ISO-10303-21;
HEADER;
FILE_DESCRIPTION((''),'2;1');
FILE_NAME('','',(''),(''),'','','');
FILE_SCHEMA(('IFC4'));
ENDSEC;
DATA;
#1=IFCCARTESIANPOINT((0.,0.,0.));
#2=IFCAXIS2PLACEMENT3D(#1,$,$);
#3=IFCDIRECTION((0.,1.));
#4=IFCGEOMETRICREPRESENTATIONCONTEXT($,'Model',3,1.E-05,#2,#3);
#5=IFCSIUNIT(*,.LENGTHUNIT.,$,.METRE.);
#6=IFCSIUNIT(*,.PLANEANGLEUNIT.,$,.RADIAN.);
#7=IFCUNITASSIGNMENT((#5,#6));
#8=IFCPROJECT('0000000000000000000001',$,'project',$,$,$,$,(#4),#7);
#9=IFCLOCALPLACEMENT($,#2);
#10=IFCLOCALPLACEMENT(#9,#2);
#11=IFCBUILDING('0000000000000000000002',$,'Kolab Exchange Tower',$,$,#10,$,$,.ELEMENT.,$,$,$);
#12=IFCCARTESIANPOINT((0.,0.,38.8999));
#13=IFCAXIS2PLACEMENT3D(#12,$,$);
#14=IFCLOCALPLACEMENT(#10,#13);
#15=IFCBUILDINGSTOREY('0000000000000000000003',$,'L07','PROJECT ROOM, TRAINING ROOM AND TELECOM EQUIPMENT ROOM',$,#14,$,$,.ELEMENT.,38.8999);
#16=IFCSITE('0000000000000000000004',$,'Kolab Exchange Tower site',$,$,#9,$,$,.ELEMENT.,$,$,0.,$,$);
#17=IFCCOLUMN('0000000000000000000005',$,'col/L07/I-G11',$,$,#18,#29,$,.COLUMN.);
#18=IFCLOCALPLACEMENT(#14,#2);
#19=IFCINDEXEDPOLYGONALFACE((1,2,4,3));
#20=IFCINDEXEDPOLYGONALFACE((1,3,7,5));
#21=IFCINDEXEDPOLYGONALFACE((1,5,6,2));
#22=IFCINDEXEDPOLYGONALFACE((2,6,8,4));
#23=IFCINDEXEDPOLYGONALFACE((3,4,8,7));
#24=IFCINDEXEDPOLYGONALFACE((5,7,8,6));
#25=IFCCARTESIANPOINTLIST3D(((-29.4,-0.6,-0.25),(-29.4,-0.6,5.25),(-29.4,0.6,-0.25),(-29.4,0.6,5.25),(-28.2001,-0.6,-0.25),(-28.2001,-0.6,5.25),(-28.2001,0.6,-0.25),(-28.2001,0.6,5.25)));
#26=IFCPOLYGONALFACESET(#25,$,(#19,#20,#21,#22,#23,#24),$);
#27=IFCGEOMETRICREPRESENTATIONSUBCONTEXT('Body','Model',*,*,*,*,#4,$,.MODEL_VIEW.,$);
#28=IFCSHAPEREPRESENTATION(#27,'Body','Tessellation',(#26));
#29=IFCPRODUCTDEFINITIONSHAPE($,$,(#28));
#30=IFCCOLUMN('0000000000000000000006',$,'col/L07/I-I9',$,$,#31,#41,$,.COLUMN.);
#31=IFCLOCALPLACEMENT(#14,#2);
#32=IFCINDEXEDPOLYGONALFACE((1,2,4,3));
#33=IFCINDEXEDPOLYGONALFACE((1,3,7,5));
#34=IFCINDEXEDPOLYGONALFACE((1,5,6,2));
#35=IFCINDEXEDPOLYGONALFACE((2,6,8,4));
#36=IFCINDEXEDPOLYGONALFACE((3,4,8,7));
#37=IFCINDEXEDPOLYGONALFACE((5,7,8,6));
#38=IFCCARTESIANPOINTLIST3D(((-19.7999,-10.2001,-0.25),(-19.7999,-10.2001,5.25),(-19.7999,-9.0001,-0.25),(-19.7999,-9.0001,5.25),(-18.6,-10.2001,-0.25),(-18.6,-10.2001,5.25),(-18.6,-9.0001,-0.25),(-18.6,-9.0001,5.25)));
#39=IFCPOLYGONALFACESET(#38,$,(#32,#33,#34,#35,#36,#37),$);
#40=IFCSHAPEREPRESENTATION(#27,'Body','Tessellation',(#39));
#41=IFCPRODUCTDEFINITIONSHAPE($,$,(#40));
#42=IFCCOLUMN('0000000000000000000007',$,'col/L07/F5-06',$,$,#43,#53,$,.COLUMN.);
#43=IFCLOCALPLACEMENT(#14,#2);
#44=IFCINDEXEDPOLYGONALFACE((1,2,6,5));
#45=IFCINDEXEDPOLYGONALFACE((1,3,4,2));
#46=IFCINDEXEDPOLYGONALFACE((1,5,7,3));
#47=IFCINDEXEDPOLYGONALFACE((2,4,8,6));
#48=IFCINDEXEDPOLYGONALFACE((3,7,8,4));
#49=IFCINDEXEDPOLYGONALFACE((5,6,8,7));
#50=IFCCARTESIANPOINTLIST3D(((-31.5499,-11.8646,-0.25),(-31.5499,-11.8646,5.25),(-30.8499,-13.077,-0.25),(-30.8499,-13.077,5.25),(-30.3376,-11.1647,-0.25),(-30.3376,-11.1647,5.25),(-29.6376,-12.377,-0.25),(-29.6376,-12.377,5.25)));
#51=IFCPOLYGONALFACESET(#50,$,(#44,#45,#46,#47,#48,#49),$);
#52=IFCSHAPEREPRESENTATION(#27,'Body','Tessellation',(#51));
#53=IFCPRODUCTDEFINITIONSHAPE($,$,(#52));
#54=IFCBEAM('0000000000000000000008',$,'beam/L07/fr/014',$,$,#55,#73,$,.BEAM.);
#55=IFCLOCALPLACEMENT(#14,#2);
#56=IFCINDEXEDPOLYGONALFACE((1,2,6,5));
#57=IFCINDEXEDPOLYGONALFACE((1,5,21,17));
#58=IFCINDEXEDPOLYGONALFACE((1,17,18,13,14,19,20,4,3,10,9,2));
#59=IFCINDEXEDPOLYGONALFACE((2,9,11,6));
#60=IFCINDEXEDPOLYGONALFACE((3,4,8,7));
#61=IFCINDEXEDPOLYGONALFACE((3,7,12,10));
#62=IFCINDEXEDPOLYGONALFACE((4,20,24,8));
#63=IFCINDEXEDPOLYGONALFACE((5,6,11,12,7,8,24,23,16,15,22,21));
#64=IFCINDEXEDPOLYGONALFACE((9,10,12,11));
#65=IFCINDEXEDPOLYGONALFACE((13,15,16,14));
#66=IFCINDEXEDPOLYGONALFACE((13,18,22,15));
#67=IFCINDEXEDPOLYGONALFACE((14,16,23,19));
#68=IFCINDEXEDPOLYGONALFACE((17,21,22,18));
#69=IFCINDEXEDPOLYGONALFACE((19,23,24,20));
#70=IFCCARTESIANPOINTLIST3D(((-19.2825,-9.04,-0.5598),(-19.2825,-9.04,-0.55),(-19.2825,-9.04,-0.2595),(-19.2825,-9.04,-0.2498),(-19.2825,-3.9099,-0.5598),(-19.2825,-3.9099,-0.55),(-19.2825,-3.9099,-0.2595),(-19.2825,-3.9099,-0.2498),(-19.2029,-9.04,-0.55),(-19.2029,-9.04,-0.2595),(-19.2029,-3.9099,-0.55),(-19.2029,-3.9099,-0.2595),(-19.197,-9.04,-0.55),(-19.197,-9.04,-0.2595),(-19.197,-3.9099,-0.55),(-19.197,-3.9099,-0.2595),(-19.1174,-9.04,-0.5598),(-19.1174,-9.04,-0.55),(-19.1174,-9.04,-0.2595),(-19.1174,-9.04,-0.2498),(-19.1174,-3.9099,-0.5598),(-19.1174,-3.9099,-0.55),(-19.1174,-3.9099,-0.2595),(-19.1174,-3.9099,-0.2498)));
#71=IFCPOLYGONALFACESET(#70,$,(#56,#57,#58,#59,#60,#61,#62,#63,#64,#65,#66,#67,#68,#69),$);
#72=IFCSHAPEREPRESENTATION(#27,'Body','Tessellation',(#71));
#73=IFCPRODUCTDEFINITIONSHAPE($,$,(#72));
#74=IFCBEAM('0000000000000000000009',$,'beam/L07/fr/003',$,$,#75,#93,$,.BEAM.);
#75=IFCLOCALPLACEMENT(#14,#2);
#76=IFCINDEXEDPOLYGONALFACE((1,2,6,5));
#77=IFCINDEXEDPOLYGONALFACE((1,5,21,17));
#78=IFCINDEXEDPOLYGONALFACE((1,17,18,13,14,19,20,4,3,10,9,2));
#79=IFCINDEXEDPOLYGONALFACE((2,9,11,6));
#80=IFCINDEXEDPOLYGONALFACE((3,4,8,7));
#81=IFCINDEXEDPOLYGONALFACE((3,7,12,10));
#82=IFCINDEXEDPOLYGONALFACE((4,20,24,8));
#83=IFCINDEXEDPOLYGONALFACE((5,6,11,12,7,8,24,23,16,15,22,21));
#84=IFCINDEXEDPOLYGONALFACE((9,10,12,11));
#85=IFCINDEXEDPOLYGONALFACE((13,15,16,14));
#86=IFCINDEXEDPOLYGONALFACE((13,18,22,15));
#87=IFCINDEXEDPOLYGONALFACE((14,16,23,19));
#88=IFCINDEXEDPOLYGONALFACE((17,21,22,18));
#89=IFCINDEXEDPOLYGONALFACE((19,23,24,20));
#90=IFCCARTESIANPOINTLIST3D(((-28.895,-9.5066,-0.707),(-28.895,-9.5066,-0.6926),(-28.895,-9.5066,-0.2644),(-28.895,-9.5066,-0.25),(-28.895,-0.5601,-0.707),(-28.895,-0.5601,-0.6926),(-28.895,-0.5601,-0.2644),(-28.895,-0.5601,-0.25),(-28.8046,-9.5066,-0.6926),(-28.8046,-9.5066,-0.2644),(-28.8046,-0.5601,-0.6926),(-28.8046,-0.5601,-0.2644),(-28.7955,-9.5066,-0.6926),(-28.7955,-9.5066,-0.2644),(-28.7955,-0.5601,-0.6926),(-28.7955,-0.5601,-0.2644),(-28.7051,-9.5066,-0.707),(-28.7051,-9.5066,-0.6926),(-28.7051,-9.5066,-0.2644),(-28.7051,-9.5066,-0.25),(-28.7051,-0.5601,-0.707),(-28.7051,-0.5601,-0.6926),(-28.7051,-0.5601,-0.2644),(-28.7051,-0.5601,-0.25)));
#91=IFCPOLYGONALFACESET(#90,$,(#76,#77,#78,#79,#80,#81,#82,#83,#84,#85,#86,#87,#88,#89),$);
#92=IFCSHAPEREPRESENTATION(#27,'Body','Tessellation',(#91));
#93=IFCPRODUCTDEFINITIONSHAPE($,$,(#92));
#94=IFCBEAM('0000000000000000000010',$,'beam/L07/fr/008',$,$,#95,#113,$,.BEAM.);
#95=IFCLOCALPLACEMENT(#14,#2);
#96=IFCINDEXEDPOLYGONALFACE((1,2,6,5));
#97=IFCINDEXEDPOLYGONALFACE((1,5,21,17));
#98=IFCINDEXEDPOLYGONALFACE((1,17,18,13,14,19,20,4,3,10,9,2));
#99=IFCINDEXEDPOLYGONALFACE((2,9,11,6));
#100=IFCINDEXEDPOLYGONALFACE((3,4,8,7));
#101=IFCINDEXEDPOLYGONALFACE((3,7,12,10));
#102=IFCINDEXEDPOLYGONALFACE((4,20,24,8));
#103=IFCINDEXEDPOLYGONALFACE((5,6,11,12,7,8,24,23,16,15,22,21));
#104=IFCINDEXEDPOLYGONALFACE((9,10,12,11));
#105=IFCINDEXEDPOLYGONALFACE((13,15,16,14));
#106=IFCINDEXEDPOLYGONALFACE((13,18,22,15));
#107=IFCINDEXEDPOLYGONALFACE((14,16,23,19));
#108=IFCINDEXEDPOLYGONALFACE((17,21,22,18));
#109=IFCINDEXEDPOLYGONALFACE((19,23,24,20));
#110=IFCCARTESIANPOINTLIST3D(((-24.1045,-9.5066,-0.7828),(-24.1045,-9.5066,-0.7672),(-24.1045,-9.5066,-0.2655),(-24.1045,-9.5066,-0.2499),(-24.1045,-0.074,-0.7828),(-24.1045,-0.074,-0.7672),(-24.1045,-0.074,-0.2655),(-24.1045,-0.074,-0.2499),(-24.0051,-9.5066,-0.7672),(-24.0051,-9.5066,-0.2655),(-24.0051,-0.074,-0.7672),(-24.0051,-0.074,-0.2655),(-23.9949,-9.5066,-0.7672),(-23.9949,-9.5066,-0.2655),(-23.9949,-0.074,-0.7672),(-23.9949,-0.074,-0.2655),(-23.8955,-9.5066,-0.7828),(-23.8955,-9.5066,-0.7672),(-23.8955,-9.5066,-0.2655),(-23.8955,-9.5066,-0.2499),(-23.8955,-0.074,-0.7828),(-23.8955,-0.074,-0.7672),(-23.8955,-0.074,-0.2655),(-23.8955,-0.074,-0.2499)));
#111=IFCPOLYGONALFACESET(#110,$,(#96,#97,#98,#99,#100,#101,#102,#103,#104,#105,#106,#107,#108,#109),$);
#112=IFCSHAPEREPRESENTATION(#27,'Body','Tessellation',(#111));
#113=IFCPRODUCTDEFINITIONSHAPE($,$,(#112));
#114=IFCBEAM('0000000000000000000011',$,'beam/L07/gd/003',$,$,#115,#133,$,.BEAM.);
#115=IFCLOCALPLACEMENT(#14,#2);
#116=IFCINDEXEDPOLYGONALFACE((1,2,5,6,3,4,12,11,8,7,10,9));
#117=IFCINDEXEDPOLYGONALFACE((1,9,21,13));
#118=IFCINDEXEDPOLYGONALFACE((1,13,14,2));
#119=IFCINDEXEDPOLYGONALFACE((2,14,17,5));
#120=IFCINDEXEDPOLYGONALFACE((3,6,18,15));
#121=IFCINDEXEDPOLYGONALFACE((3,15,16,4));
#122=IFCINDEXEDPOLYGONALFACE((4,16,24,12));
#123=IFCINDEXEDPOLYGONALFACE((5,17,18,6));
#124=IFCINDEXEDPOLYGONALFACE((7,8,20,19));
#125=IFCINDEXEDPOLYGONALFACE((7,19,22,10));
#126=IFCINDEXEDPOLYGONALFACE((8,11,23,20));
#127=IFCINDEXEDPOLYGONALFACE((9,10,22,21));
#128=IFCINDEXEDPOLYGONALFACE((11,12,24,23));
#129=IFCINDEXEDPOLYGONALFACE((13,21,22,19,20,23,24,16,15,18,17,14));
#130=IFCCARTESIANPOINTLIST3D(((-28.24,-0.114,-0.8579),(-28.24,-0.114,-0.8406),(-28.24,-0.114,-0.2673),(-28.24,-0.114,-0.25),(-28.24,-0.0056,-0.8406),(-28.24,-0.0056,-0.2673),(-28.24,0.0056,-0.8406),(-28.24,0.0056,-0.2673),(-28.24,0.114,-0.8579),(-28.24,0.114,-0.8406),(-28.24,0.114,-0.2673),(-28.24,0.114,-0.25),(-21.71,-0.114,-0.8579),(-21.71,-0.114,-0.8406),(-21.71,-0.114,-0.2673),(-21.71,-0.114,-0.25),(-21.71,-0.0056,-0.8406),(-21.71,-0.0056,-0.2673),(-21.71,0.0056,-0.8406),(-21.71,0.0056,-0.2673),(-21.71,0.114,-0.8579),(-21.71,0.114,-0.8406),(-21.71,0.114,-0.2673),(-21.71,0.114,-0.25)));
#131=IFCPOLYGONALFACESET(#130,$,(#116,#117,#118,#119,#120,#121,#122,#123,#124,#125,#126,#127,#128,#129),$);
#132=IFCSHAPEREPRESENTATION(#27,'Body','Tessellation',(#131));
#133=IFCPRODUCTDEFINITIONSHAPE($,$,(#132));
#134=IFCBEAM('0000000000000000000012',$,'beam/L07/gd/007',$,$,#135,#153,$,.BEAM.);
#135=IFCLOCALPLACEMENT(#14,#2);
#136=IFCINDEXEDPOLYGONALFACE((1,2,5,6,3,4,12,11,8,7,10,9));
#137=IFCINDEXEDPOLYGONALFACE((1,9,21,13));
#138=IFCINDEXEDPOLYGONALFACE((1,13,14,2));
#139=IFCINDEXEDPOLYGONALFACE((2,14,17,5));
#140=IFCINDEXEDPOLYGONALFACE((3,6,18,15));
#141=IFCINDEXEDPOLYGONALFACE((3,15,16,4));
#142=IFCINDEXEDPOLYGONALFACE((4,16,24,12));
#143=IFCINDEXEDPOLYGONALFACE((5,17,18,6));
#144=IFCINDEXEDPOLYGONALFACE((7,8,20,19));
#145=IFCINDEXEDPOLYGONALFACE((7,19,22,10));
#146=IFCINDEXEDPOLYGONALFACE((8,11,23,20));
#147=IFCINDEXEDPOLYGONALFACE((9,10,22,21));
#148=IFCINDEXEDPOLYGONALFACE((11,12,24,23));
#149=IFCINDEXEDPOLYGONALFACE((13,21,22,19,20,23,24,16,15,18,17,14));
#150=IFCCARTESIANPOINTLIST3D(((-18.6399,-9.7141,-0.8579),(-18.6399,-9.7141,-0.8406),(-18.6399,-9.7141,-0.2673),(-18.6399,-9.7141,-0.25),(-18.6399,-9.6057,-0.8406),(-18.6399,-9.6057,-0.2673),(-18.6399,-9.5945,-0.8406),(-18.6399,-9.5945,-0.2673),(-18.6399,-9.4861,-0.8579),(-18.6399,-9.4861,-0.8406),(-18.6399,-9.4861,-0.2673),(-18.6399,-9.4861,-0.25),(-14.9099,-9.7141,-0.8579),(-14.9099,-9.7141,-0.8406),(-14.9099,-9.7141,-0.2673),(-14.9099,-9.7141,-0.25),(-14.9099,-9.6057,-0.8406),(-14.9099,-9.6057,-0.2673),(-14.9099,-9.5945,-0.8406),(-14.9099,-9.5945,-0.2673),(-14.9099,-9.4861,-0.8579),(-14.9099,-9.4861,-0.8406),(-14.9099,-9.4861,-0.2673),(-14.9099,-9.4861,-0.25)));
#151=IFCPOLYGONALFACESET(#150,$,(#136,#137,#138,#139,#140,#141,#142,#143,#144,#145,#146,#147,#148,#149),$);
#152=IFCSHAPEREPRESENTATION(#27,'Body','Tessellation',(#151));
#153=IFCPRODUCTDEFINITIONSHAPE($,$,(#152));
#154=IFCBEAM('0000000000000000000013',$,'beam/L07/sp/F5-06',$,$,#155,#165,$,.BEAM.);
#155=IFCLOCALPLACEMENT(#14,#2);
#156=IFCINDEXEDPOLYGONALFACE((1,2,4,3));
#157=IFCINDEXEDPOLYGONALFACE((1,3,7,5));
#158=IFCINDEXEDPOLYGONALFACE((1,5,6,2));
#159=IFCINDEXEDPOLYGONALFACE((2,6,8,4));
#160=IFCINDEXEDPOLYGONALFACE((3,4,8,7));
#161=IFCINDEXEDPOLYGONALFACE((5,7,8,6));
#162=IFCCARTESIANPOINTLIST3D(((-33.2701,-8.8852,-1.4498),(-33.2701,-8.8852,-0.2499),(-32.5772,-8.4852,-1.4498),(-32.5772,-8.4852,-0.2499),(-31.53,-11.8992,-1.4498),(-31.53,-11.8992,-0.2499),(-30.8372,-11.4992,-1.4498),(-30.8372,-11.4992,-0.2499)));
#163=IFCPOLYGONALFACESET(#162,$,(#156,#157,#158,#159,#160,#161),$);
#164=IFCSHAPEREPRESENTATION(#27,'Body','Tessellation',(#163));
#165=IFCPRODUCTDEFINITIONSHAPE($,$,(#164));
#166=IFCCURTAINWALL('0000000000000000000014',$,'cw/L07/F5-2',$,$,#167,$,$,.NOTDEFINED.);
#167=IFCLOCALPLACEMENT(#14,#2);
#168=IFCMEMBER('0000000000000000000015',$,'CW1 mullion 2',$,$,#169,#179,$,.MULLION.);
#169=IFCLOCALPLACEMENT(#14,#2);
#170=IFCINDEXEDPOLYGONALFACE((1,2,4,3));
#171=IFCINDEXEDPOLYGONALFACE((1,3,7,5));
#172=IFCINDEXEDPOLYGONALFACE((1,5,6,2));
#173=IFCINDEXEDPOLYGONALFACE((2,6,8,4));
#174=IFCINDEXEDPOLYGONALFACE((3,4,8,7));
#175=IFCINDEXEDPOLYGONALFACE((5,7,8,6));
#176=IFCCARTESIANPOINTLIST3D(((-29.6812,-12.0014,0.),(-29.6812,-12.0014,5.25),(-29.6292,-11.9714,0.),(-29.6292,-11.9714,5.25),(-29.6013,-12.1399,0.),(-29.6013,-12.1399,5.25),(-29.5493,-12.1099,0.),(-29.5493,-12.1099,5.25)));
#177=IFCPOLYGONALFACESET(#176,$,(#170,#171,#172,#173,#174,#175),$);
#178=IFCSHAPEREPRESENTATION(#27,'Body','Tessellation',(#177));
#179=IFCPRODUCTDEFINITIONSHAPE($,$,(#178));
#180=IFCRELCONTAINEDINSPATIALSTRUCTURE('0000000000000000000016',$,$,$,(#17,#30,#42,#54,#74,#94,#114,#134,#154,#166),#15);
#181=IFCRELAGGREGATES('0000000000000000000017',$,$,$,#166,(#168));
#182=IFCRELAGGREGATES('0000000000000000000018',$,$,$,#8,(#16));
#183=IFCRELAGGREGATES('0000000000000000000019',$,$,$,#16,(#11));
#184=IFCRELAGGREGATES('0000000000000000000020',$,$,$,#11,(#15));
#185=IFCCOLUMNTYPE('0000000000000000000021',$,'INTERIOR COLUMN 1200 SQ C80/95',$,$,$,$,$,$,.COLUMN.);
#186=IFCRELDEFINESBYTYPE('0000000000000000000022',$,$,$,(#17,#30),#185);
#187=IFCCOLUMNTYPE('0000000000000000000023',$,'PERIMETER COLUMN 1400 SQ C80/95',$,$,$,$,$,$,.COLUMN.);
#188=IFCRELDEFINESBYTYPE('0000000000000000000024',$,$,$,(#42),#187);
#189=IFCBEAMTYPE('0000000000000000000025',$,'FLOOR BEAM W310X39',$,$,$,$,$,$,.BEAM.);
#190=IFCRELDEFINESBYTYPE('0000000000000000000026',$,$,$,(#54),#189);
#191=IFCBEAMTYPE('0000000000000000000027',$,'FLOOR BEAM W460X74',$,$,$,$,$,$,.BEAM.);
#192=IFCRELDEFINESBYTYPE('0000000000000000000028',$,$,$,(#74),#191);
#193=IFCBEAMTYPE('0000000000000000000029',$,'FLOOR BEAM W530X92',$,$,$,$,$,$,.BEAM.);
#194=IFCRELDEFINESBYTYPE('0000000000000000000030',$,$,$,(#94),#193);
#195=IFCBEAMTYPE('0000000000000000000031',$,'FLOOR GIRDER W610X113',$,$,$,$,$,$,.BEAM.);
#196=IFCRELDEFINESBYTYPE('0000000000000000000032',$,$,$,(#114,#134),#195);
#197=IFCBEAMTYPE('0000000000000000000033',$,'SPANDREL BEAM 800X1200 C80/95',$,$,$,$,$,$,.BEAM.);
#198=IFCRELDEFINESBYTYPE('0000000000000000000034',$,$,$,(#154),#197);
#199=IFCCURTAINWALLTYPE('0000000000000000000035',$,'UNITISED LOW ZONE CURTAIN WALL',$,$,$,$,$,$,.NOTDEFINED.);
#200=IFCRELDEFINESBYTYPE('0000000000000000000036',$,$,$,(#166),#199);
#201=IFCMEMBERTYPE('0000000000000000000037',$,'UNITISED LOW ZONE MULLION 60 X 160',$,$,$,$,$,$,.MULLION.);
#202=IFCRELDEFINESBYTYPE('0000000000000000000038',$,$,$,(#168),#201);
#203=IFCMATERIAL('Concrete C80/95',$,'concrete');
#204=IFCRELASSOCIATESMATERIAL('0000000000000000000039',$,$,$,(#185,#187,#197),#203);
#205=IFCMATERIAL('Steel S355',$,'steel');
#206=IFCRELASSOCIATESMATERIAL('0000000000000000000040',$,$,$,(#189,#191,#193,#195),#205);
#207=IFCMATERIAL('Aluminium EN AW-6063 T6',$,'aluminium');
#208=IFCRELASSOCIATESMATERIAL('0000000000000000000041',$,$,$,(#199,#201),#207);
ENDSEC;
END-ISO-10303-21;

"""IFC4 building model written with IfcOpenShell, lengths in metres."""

from ifc_helpers import new_model, si_unit, direction, frame, origin, origin_2d, place, context, subcontext, project, spatial, rectangle, i_section, extrude, material, material_profile, profile_set, type_object, element, aggregate, save


model = new_model("IFC4")

# Units and contexts
model_context = context("Model", 3, precision=1e-05, world=origin(), true_north=direction((0.0, 1.0)))
body_context = subcontext(model_context, "Body", "Model", "MODEL_VIEW")
ifc_project = project(units=[si_unit("LENGTHUNIT", "METRE"), si_unit("PLANEANGLEUNIT", "RADIAN")], contexts=[model_context])

# Site, building, storey
site_placement = place(None, origin())
site = spatial("IfcSite", under=ifc_project, at=site_placement, Name="Kolab Exchange Tower site", CompositionType="ELEMENT", RefElevation=0.0)
building_placement = place(site_placement, origin())
building = spatial("IfcBuilding", under=site, at=building_placement, Name="Kolab Exchange Tower", CompositionType="ELEMENT")
storey_placement = place(building_placement, frame((0.0, 0.0, 38.8999)))
storey = spatial("IfcBuildingStorey", under=building, at=storey_placement, Name="L07", Description="PROJECT ROOM, TRAINING ROOM AND TELECOM EQUIPMENT ROOM", CompositionType="ELEMENT", Elevation=38.8999)

# Columns
ifc_material_1 = material(Name="Concrete C80/95", Category="concrete")
ifc_material_profile_1 = material_profile(ifc_material_1, rectangle(XDim=1.2, YDim=1.2, at=origin_2d()), Name="RC1200")
ifc_profile_set_1 = profile_set([ifc_material_profile_1], Name="Concrete C80/95")
column_type_1 = type_object("IfcColumnType", Name="INTERIOR COLUMN 1200 SQ C80/95", PredefinedType="COLUMN", material=ifc_profile_set_1)
for number, where, z_axis, x_axis, name in (
    (1, (-28.8, 0.0, -0.25), (0.0, 0.0, 1.0), (1.0, 0.0, 0.0), "col/L07/I-G11"),
    (2, (-19.2, -9.6001, -0.25), (0.0, 0.0, 1.0), (1.0, 0.0, 0.0), "col/L07/I-I9"),
):
    element("IfcColumn", number, at=place(storey_placement, frame(where, z_axis=z_axis, x_axis=x_axis)), inside=storey, type_object=column_type_1, Name=name, PredefinedType="COLUMN", context=body_context, shape_type="SweptSolid", body=[
        extrude(rectangle(XDim=1.2, YDim=1.2, at=origin_2d()), origin(), (0.0, 0.0, 1.0), 5.5),
    ])
ifc_material_profile_2 = material_profile(ifc_material_1, rectangle(XDim=1.3999, YDim=1.3999, at=origin_2d()), Name="RC1400")
ifc_profile_set_2 = profile_set([ifc_material_profile_2], Name="Concrete C80/95")
column_type_2 = type_object("IfcColumnType", Name="PERIMETER COLUMN 1400 SQ C80/95", PredefinedType="COLUMN", material=ifc_profile_set_2)
column_placement = place(storey_placement, frame((-30.5938, -12.1208, -0.25), z_axis=(0.0, 0.0, 1.0), x_axis=(0.866025, 0.5, 0.0)))
element("IfcColumn", 3, at=column_placement, inside=storey, type_object=column_type_2, Name="col/L07/F5-06", PredefinedType="COLUMN", context=body_context, shape_type="SweptSolid", body=[
    extrude(rectangle(XDim=1.3999, YDim=1.3999, at=origin_2d()), origin(), (0.0, 0.0, 1.0), 5.5),
])

# Beams
ifc_material_2 = material(Name="Steel S355", Category="steel")
ifc_material_profile_3 = material_profile(ifc_material_2, i_section(OverallWidth=0.165, OverallDepth=0.3101, WebThickness=0.0059, FlangeThickness=0.0098, at=origin_2d()), Name="W310X39")
ifc_profile_set_3 = profile_set([ifc_material_profile_3], Name="Steel S355")
beam_type_1 = type_object("IfcBeamType", Name="FLOOR BEAM W310X39", PredefinedType="BEAM", material=ifc_profile_set_3)
beam_1_placement = place(storey_placement, frame((-19.2, -9.04, -0.4048), z_axis=(0.0, 1.0, 0.0), x_axis=(-1.0, 0.0, 0.0)))
element("IfcBeam", 4, at=beam_1_placement, inside=storey, type_object=beam_type_1, Name="beam/L07/fr/014", PredefinedType="BEAM", context=body_context, shape_type="SweptSolid", body=[
    extrude(i_section(OverallWidth=0.165, OverallDepth=0.3101, WebThickness=0.0059, FlangeThickness=0.0098, at=origin_2d()), origin(), (0.0, 0.0, 1.0), 5.1301),
])
ifc_material_profile_4 = material_profile(ifc_material_2, i_section(OverallWidth=0.1899, OverallDepth=0.457, WebThickness=0.009, FlangeThickness=0.0144, at=origin_2d()), Name="W460X74")
ifc_profile_set_4 = profile_set([ifc_material_profile_4], Name="Steel S355")
beam_type_2 = type_object("IfcBeamType", Name="FLOOR BEAM W460X74", PredefinedType="BEAM", material=ifc_profile_set_4)
beam_2_placement = place(storey_placement, frame((-28.8, -9.5066, -0.4785), z_axis=(0.0, 1.0, 0.0), x_axis=(-1.0, 0.0, 0.0)))
element("IfcBeam", 5, at=beam_2_placement, inside=storey, type_object=beam_type_2, Name="beam/L07/fr/003", PredefinedType="BEAM", context=body_context, shape_type="SweptSolid", body=[
    extrude(i_section(OverallWidth=0.1899, OverallDepth=0.457, WebThickness=0.009, FlangeThickness=0.0144, at=origin_2d()), origin(), (0.0, 0.0, 1.0), 8.9465),
])
ifc_material_profile_5 = material_profile(ifc_material_2, i_section(OverallWidth=0.209, OverallDepth=0.533, WebThickness=0.0103, FlangeThickness=0.0156, at=origin_2d()), Name="W530X92")
ifc_profile_set_5 = profile_set([ifc_material_profile_5], Name="Steel S355")
beam_type_3 = type_object("IfcBeamType", Name="FLOOR BEAM W530X92", PredefinedType="BEAM", material=ifc_profile_set_5)
beam_3_placement = place(storey_placement, frame((-24.0, -9.5066, -0.5164), z_axis=(0.0, 1.0, 0.0), x_axis=(-1.0, 0.0, 0.0)))
element("IfcBeam", 6, at=beam_3_placement, inside=storey, type_object=beam_type_3, Name="beam/L07/fr/008", PredefinedType="BEAM", context=body_context, shape_type="SweptSolid", body=[
    extrude(i_section(OverallWidth=0.209, OverallDepth=0.533, WebThickness=0.0103, FlangeThickness=0.0156, at=origin_2d()), origin(), (0.0, 0.0, 1.0), 9.4326),
])
ifc_material_profile_6 = material_profile(ifc_material_2, i_section(OverallWidth=0.228, OverallDepth=0.6079, WebThickness=0.0112, FlangeThickness=0.0173, at=origin_2d()), Name="W610X113")
ifc_profile_set_6 = profile_set([ifc_material_profile_6], Name="Steel S355")
beam_type_4 = type_object("IfcBeamType", Name="FLOOR GIRDER W610X113", PredefinedType="BEAM", material=ifc_profile_set_6)
beam_4_placement = place(storey_placement, frame((-28.24, 0.0, -0.554), z_axis=(1.0, 0.0, 0.0), x_axis=(0.0, 1.0, 0.0)))
element("IfcBeam", 7, at=beam_4_placement, inside=storey, type_object=beam_type_4, Name="beam/L07/gd/003", PredefinedType="BEAM", context=body_context, shape_type="SweptSolid", body=[
    extrude(i_section(OverallWidth=0.228, OverallDepth=0.6079, WebThickness=0.0112, FlangeThickness=0.0173, at=origin_2d()), origin(), (0.0, 0.0, 1.0), 6.53),
])
beam_5_placement = place(storey_placement, frame((-18.6399, -9.6001, -0.554), z_axis=(1.0, 0.0, 0.0), x_axis=(0.0, 1.0, 0.0)))
element("IfcBeam", 8, at=beam_5_placement, inside=storey, type_object=beam_type_4, Name="beam/L07/gd/007", PredefinedType="BEAM", context=body_context, shape_type="SweptSolid", body=[
    extrude(i_section(OverallWidth=0.228, OverallDepth=0.6079, WebThickness=0.0112, FlangeThickness=0.0173, at=origin_2d()), origin(), (0.0, 0.0, 1.0), 3.73),
])
ifc_material_profile_7 = material_profile(ifc_material_1, rectangle(XDim=0.8, YDim=1.2, at=origin_2d()), Name="RC800X1200")
ifc_profile_set_7 = profile_set([ifc_material_profile_7], Name="Concrete C80/95")
beam_type_5 = type_object("IfcBeamType", Name="SPANDREL BEAM 800X1200 C80/95", PredefinedType="BEAM", material=ifc_profile_set_7)
beam_6_placement = place(storey_placement, frame((-31.1836, -11.6992, -0.8499), z_axis=(-0.49998, 0.866037, 0.0), x_axis=(-0.866037, -0.49998, 0.0)))
element("IfcBeam", 9, at=beam_6_placement, inside=storey, type_object=beam_type_5, Name="beam/L07/sp/F5-06", PredefinedType="BEAM", context=body_context, shape_type="SweptSolid", body=[
    extrude(rectangle(XDim=0.8, YDim=1.2, at=origin_2d()), origin(), (0.0, 0.0, 1.0), 3.4802),
])

# Curtain wall, member
ifc_material_3 = material(Name="Aluminium EN AW-6063 T6", Category="aluminium")
curtain_wall_type = type_object("IfcCurtainWallType", Name="UNITISED LOW ZONE CURTAIN WALL", PredefinedType="NOTDEFINED", material=ifc_material_3)
curtain_wall_placement = place(storey_placement, origin())
curtain_wall = element("IfcCurtainWall", 10, at=curtain_wall_placement, inside=storey, type_object=curtain_wall_type, Name="cw/L07/F5-2", PredefinedType="NOTDEFINED")
ifc_material_profile_8 = material_profile(ifc_material_3, rectangle(XDim=0.0601, YDim=0.1599, at=origin_2d()), Name="RECT 60X160")
ifc_profile_set_8 = profile_set([ifc_material_profile_8], Name="Aluminium EN AW-6063 T6")
member_type_1 = type_object("IfcMemberType", Name="UNITISED LOW ZONE MULLION 60 X 160", PredefinedType="MULLION", material=ifc_profile_set_8)
member_1_placement = place(storey_placement, frame((-29.6152, -12.0557, 0.0), z_axis=(0.0, 0.0, 1.0), x_axis=(-0.866025, -0.5, 0.0)))
member_1 = element("IfcMember", 11, at=member_1_placement, type_object=member_type_1, Name="CW1 mullion 2", PredefinedType="MULLION", context=body_context, shape_type="SweptSolid", body=[
    extrude(rectangle(XDim=0.0601, YDim=0.1599, at=origin_2d()), origin(), (0.0, 0.0, 1.0), 5.25),
])
aggregate(curtain_wall, [member_1])

save(model, "model.ifc")
